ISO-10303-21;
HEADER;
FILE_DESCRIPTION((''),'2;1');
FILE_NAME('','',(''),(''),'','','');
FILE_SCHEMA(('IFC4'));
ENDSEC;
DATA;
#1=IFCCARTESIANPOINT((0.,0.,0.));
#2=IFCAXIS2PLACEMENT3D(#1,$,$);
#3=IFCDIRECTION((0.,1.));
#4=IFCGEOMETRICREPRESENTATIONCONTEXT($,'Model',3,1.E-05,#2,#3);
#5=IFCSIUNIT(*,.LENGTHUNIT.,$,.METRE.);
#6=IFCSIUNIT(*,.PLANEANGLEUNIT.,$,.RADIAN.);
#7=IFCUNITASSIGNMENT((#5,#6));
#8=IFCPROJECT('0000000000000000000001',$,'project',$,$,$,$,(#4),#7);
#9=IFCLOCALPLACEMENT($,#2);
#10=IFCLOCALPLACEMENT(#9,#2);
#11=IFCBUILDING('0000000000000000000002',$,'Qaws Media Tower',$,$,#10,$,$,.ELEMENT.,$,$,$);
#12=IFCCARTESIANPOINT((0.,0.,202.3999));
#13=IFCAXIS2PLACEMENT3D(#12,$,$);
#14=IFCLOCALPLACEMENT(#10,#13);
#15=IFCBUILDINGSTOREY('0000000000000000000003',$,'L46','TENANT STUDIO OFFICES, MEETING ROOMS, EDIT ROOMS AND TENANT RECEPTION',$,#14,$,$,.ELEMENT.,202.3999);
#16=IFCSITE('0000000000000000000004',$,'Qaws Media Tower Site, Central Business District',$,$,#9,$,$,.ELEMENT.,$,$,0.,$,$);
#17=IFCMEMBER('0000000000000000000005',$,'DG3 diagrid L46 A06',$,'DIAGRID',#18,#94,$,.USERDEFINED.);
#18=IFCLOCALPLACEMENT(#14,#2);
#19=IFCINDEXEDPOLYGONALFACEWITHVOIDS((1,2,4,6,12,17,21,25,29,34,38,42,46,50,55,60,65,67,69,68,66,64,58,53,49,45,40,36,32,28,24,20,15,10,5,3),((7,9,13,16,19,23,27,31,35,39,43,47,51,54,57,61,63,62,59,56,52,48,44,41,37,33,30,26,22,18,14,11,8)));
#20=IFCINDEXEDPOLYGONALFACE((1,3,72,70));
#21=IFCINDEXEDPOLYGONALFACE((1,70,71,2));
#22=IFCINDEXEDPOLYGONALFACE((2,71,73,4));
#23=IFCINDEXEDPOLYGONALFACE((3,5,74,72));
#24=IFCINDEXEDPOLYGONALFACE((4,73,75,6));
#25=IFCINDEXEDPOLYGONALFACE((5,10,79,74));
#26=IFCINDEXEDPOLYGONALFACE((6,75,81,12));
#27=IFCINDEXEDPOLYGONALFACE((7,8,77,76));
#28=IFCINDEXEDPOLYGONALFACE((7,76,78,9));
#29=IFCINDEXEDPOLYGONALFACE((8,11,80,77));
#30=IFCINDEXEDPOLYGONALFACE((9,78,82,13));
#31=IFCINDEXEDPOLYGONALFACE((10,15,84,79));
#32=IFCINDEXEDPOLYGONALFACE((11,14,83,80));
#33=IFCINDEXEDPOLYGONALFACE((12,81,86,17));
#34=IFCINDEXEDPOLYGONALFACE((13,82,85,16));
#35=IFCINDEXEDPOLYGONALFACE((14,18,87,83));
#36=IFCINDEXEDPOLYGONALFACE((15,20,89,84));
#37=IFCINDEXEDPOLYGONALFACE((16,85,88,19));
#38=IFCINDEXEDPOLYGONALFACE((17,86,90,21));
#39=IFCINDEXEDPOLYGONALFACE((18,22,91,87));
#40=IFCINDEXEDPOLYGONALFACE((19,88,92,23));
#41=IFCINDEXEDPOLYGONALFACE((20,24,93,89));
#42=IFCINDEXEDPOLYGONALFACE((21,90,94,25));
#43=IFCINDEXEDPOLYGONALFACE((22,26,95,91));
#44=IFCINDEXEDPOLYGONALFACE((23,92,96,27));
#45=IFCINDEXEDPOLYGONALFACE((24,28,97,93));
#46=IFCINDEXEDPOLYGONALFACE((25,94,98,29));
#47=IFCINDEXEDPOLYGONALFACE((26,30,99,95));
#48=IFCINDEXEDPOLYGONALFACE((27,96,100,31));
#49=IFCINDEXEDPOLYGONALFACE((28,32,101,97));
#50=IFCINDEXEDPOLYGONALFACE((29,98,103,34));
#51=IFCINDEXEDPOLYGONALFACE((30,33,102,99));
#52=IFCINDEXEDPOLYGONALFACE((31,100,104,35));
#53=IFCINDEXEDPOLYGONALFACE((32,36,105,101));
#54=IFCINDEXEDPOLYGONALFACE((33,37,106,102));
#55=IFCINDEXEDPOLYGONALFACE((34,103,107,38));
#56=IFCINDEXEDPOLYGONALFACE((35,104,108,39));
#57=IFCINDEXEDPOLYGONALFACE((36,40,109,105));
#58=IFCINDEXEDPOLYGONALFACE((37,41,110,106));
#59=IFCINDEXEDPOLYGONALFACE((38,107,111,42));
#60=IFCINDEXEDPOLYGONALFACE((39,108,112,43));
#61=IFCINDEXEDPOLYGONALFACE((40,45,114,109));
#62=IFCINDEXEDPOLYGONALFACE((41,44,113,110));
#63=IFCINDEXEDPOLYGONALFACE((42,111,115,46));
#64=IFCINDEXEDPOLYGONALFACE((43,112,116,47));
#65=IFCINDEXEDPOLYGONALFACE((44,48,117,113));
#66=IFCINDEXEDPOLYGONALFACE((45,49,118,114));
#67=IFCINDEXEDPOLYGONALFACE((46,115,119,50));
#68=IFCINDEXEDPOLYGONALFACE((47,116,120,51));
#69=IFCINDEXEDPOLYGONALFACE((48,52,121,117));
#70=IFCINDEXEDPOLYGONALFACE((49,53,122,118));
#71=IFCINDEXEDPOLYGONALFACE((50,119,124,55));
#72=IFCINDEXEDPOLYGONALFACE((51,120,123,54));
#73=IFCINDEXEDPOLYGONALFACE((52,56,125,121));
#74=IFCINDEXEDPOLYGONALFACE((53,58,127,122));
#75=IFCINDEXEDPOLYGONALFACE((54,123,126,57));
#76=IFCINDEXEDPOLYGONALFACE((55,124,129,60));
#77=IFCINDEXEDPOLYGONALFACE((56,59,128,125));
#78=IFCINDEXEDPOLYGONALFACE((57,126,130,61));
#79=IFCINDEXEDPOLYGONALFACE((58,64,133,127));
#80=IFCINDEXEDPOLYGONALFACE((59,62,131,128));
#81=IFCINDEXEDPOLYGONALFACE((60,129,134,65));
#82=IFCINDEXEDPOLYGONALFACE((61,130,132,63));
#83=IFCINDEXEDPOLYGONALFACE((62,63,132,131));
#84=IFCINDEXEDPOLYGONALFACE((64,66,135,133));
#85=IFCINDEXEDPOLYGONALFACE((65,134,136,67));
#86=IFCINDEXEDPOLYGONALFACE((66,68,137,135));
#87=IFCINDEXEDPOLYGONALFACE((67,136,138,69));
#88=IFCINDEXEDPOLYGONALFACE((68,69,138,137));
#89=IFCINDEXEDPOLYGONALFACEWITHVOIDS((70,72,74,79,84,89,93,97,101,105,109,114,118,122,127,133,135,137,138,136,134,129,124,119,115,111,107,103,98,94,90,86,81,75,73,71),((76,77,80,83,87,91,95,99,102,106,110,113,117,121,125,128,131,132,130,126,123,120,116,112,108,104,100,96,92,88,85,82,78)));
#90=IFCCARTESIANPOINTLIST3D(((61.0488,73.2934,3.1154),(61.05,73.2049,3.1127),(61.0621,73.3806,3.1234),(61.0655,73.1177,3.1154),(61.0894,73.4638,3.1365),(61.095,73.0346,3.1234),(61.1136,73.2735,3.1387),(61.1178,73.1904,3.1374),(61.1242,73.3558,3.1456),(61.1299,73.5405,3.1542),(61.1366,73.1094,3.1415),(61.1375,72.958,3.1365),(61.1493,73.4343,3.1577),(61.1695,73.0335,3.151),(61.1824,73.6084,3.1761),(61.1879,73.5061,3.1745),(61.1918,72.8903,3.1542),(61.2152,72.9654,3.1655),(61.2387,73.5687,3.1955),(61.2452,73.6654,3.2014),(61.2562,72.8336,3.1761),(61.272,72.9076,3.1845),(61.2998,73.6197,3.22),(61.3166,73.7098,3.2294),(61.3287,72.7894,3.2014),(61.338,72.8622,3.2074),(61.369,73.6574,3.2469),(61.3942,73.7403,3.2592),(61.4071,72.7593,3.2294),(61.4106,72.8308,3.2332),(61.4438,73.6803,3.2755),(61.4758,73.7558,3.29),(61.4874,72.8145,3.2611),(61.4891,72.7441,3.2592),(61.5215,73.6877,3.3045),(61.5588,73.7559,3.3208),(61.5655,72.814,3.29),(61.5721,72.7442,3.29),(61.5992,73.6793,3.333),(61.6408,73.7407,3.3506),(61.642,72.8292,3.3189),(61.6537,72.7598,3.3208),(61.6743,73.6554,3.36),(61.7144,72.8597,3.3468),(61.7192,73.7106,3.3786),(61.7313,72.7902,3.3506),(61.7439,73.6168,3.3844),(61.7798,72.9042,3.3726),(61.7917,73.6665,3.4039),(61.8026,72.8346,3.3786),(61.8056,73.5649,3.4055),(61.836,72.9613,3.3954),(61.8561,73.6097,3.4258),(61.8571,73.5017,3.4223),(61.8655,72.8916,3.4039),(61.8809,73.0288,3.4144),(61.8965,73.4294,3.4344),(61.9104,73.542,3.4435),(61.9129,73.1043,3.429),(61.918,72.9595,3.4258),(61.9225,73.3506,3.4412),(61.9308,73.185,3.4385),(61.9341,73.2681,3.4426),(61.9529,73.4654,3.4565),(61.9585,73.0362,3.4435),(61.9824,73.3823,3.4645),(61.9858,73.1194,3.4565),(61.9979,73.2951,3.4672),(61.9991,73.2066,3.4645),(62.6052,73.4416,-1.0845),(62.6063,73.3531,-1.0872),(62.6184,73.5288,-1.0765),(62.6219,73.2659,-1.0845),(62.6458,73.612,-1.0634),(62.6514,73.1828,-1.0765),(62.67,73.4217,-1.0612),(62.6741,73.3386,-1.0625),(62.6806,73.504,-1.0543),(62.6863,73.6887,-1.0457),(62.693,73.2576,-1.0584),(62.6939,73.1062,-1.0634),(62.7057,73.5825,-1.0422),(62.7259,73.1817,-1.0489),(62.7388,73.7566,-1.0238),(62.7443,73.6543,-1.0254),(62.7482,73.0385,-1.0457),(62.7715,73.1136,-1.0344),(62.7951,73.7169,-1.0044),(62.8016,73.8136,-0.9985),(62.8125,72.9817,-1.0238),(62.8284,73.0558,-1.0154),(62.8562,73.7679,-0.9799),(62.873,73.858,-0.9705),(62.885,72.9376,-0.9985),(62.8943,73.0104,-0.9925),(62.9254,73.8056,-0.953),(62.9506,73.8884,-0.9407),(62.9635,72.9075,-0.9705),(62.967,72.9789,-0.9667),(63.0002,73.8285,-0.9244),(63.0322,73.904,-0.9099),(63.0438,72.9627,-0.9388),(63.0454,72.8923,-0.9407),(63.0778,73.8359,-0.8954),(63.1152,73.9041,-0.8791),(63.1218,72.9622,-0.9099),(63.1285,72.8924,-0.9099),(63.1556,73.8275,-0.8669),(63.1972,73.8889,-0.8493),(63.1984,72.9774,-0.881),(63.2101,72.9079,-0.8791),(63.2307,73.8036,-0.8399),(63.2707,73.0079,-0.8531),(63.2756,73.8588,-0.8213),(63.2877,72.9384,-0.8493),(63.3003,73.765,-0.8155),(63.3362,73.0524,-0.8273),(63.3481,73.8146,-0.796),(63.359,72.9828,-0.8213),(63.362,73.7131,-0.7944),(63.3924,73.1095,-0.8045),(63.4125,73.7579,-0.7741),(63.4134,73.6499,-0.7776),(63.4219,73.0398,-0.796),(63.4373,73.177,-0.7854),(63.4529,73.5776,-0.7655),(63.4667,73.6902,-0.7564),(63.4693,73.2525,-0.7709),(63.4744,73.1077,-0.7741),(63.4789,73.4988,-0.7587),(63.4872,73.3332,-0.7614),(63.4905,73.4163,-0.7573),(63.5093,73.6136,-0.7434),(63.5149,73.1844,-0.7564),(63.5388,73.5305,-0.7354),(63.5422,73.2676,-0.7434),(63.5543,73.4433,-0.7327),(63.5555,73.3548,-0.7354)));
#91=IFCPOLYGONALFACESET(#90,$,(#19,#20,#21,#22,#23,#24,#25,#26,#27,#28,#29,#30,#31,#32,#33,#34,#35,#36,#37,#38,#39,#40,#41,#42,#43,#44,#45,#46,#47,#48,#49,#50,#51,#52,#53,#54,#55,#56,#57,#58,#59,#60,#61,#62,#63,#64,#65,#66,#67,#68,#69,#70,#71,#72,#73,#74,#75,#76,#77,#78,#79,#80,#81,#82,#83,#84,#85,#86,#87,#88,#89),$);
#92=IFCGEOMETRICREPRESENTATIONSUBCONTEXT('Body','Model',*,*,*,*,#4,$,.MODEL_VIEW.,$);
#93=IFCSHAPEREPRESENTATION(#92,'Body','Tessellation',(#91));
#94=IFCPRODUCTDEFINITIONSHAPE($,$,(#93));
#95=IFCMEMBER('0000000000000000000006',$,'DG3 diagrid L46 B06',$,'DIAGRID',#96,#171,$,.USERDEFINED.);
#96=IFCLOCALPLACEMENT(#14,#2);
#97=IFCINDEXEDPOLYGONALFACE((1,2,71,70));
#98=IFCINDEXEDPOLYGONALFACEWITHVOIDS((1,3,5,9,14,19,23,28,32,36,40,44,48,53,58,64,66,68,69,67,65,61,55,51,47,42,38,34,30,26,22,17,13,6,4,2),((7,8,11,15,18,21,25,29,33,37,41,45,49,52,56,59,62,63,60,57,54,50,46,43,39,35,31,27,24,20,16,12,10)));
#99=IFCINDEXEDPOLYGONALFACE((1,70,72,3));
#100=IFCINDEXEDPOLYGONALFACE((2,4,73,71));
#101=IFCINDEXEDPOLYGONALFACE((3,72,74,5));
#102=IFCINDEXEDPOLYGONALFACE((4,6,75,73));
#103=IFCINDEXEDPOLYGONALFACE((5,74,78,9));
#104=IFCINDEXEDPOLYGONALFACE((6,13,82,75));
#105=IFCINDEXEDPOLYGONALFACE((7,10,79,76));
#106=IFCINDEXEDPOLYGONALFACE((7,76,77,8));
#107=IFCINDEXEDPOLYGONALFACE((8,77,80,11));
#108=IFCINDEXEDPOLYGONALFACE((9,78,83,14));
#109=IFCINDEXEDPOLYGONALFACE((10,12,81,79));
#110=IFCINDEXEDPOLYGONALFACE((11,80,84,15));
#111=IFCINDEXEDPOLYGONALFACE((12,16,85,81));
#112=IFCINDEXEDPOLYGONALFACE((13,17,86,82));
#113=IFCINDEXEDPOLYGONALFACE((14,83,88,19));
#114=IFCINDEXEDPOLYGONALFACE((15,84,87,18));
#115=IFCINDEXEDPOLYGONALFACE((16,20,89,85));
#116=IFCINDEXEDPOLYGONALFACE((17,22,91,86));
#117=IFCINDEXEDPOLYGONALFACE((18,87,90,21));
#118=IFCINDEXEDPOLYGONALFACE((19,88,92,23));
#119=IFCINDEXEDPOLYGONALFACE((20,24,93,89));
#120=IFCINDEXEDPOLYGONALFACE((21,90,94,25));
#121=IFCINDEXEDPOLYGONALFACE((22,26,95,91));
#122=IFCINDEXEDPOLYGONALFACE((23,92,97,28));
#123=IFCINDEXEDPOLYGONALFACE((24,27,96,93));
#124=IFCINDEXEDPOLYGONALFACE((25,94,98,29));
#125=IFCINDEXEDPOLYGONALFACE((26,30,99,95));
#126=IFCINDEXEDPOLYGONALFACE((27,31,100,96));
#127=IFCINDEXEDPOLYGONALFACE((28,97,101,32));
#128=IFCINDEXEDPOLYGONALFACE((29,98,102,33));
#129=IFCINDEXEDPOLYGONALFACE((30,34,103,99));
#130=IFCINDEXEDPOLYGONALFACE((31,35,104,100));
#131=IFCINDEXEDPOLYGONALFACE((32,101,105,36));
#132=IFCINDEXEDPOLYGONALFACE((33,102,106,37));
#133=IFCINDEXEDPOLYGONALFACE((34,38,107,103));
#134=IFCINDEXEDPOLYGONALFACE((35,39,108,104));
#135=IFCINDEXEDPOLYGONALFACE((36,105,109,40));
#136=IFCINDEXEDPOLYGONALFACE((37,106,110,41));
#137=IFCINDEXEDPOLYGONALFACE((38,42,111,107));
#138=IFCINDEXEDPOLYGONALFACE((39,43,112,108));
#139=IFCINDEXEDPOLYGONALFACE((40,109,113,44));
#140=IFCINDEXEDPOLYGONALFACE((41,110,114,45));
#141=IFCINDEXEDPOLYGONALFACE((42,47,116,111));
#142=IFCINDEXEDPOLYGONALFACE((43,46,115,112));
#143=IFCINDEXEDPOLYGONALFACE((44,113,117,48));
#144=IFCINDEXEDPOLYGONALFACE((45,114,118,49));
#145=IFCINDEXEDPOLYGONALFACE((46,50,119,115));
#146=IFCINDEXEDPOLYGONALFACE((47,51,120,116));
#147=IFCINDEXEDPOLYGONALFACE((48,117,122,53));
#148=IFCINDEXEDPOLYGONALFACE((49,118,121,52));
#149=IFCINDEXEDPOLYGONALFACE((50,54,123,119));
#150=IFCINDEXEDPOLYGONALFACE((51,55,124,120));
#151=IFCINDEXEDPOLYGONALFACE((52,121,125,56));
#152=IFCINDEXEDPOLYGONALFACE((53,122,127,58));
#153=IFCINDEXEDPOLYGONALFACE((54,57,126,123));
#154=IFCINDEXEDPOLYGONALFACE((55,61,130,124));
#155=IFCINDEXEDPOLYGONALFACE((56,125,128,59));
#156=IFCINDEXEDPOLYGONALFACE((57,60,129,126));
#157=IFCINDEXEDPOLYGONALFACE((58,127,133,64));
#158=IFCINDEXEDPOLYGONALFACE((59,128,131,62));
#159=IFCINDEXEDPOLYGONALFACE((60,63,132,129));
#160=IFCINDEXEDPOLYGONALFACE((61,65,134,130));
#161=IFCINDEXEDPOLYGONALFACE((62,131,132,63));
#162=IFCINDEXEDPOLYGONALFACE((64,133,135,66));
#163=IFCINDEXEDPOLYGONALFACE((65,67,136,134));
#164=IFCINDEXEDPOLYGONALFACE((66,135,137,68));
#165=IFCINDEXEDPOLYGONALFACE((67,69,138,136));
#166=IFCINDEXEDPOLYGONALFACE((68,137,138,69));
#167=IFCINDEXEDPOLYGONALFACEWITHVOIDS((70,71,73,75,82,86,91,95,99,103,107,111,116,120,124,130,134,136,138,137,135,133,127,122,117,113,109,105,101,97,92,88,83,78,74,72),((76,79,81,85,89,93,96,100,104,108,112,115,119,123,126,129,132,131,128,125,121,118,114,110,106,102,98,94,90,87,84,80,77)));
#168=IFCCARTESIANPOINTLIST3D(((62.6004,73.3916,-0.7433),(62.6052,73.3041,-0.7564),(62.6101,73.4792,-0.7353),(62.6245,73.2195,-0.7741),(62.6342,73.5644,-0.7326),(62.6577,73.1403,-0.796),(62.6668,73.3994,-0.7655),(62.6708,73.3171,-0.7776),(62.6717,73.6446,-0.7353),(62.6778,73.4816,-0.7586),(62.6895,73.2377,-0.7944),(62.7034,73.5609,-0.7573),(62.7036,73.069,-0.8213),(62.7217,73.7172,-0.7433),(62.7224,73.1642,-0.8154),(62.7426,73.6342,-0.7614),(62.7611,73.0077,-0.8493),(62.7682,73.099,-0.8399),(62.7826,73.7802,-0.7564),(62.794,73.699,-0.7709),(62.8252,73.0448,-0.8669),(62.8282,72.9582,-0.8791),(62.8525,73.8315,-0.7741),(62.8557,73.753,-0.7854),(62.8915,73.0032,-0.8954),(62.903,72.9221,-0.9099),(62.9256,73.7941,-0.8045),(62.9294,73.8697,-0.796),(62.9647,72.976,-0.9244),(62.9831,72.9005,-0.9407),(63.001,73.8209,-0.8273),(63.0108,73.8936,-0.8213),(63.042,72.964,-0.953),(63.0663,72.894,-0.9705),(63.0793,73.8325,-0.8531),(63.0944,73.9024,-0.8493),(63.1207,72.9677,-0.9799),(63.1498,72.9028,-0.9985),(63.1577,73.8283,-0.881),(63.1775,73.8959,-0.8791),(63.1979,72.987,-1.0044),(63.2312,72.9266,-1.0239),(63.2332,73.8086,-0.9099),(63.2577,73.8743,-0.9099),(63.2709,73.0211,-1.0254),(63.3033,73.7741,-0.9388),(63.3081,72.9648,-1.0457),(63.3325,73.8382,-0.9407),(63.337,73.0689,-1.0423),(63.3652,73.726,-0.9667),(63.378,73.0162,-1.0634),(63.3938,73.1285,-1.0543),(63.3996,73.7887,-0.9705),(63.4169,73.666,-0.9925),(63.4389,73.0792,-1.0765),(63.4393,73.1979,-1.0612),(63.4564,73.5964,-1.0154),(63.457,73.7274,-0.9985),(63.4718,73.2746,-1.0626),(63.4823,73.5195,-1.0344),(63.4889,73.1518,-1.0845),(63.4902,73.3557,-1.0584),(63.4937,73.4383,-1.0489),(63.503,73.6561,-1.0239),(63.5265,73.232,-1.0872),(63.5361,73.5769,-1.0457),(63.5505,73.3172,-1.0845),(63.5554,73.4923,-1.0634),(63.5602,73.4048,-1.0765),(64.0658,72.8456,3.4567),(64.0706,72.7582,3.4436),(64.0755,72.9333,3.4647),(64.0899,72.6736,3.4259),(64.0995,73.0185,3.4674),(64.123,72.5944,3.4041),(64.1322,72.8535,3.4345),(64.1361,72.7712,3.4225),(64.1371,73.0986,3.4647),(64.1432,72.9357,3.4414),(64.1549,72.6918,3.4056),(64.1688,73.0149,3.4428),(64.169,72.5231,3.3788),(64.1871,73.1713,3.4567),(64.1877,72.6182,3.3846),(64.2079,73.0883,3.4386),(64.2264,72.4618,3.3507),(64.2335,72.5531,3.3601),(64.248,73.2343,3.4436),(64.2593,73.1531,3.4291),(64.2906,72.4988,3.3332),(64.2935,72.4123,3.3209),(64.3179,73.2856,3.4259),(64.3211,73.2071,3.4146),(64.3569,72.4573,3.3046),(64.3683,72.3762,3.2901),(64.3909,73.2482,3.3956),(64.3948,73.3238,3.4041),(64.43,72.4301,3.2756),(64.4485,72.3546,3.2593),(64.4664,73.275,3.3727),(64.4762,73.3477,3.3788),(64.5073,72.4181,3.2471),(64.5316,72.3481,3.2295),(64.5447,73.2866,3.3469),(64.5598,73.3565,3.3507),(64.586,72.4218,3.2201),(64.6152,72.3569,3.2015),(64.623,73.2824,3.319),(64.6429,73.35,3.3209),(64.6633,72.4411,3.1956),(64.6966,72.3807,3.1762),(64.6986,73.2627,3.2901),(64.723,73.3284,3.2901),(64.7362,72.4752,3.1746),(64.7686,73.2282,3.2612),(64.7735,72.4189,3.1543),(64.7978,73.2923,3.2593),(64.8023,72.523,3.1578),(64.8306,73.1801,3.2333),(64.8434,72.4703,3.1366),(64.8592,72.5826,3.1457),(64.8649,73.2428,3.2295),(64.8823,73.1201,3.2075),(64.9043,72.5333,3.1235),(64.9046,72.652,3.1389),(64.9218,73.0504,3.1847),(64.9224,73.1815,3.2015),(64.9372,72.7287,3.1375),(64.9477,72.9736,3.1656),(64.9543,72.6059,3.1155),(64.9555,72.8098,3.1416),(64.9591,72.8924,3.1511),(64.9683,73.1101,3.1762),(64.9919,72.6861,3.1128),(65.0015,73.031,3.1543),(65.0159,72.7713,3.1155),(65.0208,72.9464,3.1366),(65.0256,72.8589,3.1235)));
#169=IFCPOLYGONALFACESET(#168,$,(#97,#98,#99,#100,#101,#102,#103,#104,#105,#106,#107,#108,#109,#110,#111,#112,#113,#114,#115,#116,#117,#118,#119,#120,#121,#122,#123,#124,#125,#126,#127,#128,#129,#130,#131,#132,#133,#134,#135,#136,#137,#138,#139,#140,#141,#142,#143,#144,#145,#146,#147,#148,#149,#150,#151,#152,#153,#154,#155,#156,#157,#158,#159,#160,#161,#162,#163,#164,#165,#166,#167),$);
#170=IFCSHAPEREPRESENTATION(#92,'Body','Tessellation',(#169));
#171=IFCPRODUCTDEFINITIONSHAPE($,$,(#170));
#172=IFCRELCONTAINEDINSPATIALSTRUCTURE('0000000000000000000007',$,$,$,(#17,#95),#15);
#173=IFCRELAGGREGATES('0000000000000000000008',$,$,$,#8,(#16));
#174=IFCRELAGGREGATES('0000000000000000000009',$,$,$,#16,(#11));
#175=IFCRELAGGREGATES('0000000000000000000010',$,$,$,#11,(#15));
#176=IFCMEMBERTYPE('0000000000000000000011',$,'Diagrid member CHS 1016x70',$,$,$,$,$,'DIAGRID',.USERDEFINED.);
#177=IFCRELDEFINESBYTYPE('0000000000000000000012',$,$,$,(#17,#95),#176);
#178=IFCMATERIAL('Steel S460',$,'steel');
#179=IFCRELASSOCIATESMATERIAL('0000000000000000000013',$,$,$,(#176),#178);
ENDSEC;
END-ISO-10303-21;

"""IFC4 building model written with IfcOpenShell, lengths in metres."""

from ifc_helpers import new_model, si_unit, direction, frame, origin, origin_2d, place, context, subcontext, project, spatial, hollow_circle, extrude, material, material_profile, profile_set, type_object, element, save


model = new_model("IFC4")

# Units and contexts
model_context = context("Model", 3, precision=1e-05, world=origin(), true_north=direction((0.0, 1.0)))
body_context = subcontext(model_context, "Body", "Model", "MODEL_VIEW")
ifc_project = project(units=[si_unit("LENGTHUNIT", "METRE"), si_unit("PLANEANGLEUNIT", "RADIAN")], contexts=[model_context])

# Site, building, storey
site_placement = place(None, origin())
site = spatial("IfcSite", under=ifc_project, at=site_placement, Name="Qaws Media Tower Site, Central Business District", CompositionType="ELEMENT", RefElevation=0.0)
building_placement = place(site_placement, origin())
building = spatial("IfcBuilding", under=site, at=building_placement, Name="Qaws Media Tower", CompositionType="ELEMENT")
storey_placement = place(building_placement, frame((0.0, 0.0, 202.3999)))
storey = spatial("IfcBuildingStorey", under=building, at=storey_placement, Name="L46", Description="TENANT STUDIO OFFICES, MEETING ROOMS, EDIT ROOMS AND TENANT RECEPTION", CompositionType="ELEMENT", Elevation=202.3999)

# Members
ifc_material_1 = material(Name="Steel S460", Category="steel")
ifc_material_profile_1 = material_profile(ifc_material_1, hollow_circle(Radius=0.5081, WallThickness=0.0701, at=origin_2d()), Name="CHS 1016x70")
ifc_profile_set_1 = profile_set([ifc_material_profile_1], Name="Steel S460")
member_type_1 = type_object("IfcMemberType", Name="Diagrid member CHS 1016x70", ElementType="DIAGRID", PredefinedType="USERDEFINED", material=ifc_profile_set_1)
for number, where, z_axis, x_axis, name in (
    (1, (63.0803, 73.3982, -0.9099), (-0.347293, -0.033068, 0.937173), (0.094787, -0.995498, 0.0), "DG3 diagrid L46 A06"),
):
    element("IfcMember", number, at=place(storey_placement, frame(where, z_axis=z_axis, x_axis=x_axis)), inside=storey, type_object=member_type_1, Name=name, ObjectType="DIAGRID", PredefinedType="USERDEFINED", context=body_context, shape_type="SweptSolid", body=[
        extrude(hollow_circle(Radius=0.5081, WallThickness=0.0701, at=origin_2d()), origin(), (0.0, 0.0, 1.0), 4.4814),
    ])
for number, where, z_axis, x_axis, name in (
    (2, (63.0803, 73.3982, -0.9099), (0.326966, -0.121809, 0.937153), (0.349104, 0.937084, 0.0), "DG3 diagrid L46 B06"),
):
    element("IfcMember", number, at=place(storey_placement, frame(where, z_axis=z_axis, x_axis=x_axis)), inside=storey, type_object=member_type_1, Name=name, ObjectType="DIAGRID", PredefinedType="USERDEFINED", context=body_context, shape_type="SweptSolid", body=[
        extrude(hollow_circle(Radius=0.5081, WallThickness=0.0701, at=origin_2d()), origin(), (0.0, 0.0, 1.0), 4.4817),
    ])

save(model, "model.ifc")
